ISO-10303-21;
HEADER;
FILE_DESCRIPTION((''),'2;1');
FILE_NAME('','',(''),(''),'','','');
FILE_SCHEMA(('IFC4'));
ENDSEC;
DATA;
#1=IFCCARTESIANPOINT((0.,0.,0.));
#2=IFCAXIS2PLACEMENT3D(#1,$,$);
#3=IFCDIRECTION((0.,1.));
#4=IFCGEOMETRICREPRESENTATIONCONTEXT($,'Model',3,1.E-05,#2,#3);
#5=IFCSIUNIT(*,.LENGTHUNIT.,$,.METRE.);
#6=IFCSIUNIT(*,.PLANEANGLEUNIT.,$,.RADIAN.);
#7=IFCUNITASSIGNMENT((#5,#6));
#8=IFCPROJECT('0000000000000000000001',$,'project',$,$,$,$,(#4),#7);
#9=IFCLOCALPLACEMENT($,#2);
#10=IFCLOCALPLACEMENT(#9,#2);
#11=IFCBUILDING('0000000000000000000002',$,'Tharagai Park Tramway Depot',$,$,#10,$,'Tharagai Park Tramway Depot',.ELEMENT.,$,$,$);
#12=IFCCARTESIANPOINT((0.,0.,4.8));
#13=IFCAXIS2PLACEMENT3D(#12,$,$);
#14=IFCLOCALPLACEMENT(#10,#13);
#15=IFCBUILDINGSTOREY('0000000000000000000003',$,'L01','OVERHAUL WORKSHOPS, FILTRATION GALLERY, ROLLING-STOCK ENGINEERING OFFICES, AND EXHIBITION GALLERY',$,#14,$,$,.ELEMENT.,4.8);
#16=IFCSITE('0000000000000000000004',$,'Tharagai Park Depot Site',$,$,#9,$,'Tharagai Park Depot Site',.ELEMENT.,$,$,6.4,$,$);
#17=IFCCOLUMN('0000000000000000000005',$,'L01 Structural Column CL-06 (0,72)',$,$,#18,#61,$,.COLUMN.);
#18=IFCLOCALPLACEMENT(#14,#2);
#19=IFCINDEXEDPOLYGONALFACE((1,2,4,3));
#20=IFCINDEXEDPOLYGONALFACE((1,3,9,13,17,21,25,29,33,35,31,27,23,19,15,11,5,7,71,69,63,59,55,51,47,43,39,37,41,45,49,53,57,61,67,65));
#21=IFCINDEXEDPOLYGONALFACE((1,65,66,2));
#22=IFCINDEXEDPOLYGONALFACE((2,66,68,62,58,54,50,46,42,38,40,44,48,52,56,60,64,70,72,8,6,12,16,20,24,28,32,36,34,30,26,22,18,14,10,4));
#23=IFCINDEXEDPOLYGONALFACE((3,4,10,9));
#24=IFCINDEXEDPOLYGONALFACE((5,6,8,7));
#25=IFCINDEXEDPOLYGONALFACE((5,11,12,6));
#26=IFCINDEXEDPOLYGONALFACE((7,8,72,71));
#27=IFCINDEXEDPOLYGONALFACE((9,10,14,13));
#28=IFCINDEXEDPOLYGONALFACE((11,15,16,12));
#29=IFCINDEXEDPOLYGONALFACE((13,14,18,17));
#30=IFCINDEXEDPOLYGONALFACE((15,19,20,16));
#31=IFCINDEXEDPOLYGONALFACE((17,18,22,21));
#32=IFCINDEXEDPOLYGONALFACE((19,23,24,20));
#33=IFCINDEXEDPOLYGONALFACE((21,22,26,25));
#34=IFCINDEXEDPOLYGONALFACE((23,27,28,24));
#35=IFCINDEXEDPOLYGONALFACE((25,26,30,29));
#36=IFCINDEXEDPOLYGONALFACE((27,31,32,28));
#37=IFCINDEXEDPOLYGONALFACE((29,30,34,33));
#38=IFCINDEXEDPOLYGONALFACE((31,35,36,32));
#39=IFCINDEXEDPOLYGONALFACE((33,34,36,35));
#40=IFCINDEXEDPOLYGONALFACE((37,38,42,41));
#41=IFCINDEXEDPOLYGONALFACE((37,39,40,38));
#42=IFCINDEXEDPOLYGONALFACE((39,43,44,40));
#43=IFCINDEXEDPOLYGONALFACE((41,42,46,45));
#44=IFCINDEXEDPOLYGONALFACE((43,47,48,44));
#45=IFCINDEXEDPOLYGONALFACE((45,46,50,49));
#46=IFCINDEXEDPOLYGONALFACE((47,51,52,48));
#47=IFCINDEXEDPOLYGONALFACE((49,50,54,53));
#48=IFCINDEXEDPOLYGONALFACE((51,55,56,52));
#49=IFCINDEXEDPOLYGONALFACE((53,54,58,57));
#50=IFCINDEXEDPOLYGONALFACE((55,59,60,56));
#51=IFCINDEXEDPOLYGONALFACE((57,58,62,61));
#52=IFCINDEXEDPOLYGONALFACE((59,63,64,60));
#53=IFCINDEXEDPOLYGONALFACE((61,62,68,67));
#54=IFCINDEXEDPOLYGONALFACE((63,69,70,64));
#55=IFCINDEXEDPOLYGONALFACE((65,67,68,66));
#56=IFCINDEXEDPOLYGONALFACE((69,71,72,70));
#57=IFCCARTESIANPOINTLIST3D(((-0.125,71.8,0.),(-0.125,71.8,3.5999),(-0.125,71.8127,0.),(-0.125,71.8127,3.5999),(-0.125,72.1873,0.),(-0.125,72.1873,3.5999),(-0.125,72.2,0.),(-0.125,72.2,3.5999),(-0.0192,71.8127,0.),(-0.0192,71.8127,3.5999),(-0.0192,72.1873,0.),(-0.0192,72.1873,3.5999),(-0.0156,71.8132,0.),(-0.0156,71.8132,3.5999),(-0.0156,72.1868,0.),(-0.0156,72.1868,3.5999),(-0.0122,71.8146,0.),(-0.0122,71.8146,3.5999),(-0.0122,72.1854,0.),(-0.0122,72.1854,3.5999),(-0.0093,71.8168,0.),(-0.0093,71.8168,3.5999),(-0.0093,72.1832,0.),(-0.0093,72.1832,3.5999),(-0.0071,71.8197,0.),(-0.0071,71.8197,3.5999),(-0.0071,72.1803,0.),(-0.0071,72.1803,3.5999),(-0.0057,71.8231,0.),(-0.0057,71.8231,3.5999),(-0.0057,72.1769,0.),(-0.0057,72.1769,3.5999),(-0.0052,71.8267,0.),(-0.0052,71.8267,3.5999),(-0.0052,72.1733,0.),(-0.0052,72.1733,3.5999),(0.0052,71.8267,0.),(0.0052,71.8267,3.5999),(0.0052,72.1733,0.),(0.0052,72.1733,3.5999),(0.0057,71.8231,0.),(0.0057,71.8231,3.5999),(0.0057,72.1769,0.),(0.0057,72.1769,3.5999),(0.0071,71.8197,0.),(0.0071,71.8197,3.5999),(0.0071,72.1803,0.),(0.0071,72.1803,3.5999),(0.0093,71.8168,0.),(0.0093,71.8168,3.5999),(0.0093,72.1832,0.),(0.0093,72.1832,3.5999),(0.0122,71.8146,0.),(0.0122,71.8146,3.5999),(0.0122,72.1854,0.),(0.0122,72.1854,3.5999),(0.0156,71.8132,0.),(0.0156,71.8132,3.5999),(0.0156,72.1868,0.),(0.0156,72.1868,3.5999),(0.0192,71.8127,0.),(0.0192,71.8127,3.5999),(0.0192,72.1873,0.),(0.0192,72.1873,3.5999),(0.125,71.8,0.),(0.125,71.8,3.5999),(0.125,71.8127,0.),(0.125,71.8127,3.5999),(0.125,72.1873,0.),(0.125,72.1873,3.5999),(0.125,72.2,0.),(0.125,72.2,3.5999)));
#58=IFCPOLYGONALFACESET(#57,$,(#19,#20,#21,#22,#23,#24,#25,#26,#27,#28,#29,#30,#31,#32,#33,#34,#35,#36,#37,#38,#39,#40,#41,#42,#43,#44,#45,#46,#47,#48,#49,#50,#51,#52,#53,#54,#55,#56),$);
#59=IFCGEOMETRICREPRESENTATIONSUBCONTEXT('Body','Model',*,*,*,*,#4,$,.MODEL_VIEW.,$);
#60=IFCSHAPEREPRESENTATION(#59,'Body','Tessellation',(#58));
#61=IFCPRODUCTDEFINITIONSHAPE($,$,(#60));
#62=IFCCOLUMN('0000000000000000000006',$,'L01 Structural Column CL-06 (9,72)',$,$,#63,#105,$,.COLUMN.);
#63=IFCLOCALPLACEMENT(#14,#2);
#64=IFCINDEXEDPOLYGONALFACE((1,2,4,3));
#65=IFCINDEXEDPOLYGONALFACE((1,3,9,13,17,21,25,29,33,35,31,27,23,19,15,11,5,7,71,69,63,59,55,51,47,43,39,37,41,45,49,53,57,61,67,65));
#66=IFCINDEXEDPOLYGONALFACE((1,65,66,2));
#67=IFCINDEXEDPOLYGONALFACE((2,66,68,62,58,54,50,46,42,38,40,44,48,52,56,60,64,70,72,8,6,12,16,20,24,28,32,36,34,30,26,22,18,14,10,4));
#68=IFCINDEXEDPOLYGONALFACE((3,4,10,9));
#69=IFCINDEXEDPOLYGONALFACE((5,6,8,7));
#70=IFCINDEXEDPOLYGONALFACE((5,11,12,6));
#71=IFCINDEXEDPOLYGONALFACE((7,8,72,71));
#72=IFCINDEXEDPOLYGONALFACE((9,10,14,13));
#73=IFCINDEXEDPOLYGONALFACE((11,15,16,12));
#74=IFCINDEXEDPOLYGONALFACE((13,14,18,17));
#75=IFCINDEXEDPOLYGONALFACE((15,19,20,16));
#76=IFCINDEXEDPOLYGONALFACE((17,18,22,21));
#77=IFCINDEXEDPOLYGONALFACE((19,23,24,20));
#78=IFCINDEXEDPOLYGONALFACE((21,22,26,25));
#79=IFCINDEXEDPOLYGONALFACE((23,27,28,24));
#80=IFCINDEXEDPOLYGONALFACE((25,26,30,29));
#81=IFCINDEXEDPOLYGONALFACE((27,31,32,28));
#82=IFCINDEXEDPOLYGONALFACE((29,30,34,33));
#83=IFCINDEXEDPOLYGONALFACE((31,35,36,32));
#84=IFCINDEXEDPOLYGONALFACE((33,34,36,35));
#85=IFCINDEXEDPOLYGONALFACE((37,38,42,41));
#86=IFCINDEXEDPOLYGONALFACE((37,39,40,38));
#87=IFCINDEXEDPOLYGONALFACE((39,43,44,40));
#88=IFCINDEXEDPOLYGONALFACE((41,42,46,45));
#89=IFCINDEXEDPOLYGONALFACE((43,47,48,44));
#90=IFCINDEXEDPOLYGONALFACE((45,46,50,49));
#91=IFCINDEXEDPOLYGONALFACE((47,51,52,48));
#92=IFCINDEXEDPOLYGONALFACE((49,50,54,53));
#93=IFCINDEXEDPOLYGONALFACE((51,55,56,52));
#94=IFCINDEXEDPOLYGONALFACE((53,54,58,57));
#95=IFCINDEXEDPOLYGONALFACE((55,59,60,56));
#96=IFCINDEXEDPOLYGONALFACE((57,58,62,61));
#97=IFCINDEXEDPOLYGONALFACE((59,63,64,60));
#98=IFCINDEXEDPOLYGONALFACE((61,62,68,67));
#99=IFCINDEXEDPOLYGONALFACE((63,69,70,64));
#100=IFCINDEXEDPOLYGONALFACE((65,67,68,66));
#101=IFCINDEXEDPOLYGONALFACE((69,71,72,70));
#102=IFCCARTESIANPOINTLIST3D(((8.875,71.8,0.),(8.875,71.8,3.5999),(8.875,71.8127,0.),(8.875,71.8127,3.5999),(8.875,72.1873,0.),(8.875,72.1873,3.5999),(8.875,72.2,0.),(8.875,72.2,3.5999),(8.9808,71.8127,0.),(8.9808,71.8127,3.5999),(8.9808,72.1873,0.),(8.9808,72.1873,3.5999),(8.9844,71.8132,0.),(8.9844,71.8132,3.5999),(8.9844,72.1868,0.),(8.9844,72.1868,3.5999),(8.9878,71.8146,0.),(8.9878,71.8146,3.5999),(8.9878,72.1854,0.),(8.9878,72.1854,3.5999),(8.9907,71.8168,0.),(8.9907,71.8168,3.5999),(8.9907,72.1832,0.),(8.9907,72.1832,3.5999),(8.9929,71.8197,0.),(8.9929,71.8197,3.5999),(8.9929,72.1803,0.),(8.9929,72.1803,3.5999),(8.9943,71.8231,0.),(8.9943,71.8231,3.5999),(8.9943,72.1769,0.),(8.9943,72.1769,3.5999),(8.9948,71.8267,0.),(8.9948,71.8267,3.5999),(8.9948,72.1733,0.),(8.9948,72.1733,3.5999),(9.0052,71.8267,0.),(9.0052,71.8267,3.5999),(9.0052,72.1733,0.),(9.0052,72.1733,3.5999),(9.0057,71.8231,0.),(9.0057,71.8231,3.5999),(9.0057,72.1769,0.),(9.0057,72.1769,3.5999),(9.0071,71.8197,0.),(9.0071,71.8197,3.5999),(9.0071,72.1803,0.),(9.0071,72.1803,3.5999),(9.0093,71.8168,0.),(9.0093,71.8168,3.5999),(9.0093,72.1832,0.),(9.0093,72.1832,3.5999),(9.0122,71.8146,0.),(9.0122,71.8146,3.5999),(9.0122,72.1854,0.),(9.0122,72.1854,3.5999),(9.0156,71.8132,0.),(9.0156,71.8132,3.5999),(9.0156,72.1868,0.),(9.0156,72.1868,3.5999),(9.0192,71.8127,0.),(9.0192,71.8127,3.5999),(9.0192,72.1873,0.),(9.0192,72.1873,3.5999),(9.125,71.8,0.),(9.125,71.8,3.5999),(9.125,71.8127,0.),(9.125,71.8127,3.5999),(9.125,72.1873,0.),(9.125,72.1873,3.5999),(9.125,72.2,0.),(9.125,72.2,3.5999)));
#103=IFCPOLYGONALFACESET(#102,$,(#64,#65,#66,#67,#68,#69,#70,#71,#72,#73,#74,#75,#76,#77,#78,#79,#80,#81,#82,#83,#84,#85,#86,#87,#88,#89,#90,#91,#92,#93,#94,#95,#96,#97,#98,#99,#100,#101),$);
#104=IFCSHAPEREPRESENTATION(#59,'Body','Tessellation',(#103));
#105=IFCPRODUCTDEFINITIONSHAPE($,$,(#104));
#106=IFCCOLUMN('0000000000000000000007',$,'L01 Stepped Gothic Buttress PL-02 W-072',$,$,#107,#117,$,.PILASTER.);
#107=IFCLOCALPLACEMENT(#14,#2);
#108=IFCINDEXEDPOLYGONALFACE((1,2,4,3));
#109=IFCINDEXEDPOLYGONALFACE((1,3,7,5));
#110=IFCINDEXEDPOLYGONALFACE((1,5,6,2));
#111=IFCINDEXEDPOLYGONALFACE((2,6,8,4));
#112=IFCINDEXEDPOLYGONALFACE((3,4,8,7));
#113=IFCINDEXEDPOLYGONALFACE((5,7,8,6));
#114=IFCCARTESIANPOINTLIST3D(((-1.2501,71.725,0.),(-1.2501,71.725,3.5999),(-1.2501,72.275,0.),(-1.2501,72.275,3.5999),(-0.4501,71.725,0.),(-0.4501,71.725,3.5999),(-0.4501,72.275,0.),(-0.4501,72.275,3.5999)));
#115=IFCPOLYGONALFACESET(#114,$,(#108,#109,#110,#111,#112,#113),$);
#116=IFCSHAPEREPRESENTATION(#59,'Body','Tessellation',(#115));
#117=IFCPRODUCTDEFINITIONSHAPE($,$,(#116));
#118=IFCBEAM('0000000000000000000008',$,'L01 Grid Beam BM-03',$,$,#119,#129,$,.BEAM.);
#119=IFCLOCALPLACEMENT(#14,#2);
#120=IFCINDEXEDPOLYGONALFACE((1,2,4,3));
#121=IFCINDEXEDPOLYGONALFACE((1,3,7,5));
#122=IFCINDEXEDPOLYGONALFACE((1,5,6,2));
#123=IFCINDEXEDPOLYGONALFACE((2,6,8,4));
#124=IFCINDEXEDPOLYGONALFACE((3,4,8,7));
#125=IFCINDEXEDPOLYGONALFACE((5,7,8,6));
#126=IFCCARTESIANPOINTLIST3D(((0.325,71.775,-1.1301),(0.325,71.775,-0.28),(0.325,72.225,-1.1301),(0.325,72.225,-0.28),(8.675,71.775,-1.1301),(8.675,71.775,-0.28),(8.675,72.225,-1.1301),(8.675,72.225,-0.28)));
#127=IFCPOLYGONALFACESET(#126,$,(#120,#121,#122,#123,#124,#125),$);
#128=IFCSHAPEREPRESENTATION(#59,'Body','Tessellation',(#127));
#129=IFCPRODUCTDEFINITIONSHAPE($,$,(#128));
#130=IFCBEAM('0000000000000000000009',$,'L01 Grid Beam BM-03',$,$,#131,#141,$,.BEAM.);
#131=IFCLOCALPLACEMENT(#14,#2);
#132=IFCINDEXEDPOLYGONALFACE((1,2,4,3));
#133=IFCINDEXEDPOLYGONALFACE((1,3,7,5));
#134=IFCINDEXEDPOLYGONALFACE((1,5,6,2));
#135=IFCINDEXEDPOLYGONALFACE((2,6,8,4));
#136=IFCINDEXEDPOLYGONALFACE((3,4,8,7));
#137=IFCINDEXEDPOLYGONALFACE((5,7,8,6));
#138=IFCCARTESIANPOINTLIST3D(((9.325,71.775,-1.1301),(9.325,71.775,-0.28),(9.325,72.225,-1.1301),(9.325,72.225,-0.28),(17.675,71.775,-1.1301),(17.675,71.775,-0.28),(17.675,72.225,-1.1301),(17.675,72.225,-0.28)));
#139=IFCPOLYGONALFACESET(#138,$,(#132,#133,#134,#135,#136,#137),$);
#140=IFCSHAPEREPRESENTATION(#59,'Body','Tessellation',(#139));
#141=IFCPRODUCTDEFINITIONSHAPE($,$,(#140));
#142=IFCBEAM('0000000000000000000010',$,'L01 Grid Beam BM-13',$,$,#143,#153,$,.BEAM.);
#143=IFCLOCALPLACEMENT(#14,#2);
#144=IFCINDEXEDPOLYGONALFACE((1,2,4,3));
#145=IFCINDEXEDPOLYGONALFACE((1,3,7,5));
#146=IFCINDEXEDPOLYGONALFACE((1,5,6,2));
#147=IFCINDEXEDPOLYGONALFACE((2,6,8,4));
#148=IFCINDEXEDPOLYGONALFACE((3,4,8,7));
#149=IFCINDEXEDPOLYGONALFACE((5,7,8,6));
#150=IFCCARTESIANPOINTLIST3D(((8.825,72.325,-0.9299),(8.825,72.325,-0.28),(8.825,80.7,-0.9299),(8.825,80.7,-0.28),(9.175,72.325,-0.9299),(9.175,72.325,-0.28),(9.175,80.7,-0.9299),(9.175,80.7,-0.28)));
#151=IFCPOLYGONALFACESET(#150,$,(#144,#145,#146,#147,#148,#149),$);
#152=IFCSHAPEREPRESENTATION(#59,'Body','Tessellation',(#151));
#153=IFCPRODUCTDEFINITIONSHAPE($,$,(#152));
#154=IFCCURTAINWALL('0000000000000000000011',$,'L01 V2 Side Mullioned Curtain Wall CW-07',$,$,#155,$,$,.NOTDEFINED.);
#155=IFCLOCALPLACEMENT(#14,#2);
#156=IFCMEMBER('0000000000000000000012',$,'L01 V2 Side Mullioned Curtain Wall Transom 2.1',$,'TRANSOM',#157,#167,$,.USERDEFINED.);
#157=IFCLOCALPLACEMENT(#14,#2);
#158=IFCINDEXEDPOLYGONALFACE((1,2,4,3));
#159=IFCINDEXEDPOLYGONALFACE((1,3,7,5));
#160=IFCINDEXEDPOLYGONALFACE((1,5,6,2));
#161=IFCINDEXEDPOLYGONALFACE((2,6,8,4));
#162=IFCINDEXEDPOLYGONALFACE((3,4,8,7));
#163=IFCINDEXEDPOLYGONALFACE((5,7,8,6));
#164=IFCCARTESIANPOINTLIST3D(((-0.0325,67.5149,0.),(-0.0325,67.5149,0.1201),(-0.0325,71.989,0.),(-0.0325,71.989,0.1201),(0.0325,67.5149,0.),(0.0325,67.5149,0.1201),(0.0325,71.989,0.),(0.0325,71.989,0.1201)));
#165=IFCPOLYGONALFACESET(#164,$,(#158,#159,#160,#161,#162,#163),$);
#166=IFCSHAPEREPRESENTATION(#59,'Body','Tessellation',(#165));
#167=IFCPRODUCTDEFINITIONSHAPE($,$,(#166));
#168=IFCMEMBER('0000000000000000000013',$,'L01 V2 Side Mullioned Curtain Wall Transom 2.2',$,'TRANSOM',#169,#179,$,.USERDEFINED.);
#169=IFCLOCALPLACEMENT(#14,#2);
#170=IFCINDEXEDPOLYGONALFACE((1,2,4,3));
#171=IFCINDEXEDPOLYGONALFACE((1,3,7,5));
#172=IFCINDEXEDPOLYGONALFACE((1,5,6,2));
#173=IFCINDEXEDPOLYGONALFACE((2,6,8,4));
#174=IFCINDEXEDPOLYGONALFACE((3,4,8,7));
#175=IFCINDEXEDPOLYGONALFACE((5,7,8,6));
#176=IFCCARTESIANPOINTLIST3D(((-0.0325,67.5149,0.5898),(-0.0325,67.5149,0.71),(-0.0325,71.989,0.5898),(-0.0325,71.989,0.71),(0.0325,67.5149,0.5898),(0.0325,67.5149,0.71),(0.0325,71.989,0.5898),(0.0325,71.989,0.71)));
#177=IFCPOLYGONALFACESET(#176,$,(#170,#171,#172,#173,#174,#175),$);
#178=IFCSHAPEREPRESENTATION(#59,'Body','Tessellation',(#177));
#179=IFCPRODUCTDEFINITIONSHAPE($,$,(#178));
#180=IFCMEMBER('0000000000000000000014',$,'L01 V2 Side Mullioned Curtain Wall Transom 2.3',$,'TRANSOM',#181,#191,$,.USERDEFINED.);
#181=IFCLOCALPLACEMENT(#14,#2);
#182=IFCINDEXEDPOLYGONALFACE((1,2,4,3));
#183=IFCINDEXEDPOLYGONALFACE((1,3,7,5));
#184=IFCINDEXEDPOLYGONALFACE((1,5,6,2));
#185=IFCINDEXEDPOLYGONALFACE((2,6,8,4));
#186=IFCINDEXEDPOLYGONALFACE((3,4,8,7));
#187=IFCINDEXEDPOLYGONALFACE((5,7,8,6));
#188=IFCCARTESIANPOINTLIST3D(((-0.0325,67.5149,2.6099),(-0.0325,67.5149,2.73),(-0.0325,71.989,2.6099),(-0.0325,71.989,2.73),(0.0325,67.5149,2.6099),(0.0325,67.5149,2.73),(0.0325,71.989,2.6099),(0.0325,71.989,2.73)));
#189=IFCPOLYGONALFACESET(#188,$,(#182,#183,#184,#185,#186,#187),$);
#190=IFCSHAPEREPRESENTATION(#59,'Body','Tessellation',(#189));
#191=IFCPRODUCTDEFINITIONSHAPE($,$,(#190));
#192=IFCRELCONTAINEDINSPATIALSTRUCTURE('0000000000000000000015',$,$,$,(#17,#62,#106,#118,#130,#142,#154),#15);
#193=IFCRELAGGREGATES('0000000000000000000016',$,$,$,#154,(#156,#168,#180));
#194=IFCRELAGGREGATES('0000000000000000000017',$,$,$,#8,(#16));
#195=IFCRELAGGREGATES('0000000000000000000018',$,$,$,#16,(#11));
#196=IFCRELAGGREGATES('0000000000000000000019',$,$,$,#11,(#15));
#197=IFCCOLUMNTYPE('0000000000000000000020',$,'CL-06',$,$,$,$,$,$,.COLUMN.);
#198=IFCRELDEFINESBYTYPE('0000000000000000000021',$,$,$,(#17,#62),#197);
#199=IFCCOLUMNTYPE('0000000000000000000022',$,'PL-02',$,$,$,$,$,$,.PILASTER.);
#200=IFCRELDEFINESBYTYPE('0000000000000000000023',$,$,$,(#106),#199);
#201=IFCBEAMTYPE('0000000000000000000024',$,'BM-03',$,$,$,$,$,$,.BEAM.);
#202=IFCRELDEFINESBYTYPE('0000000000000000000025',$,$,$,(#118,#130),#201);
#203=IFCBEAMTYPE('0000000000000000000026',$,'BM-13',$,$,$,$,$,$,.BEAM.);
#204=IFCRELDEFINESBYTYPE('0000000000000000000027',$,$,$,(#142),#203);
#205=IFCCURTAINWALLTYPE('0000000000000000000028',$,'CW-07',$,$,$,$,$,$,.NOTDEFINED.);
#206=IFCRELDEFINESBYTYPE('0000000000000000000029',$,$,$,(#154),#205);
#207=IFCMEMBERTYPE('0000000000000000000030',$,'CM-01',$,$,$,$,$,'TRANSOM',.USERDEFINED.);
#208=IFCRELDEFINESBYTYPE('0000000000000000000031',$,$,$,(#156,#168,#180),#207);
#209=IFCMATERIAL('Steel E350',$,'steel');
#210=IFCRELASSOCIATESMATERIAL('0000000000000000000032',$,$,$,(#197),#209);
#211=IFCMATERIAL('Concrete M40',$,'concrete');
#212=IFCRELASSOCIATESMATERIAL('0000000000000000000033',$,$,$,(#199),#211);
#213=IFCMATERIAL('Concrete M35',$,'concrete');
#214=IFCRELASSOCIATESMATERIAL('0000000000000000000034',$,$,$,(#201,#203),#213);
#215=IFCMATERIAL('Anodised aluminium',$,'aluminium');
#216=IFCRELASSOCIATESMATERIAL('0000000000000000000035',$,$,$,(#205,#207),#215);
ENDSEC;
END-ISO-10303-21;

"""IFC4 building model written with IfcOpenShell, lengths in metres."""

from ifc_helpers import new_model, si_unit, direction, frame, origin, origin_2d, place, context, subcontext, project, spatial, rectangle, i_section, extrude, material, material_profile, profile_set, type_object, element, aggregate, save


model = new_model("IFC4")

# Units and contexts
model_context = context("Model", 3, precision=1e-05, world=origin(), true_north=direction((0.0, 1.0)))
body_context = subcontext(model_context, "Body", "Model", "MODEL_VIEW")
ifc_project = project(units=[si_unit("LENGTHUNIT", "METRE"), si_unit("PLANEANGLEUNIT", "RADIAN")], contexts=[model_context])

# Site, building, storey
site_placement = place(None, origin())
site = spatial("IfcSite", under=ifc_project, at=site_placement, Name="Tharagai Park Depot Site", LongName="Tharagai Park Depot Site", CompositionType="ELEMENT", RefElevation=6.4)
building_placement = place(site_placement, origin())
building = spatial("IfcBuilding", under=site, at=building_placement, Name="Tharagai Park Tramway Depot", LongName="Tharagai Park Tramway Depot", CompositionType="ELEMENT")
storey_placement = place(building_placement, frame((0.0, 0.0, 4.8)))
storey = spatial("IfcBuildingStorey", under=building, at=storey_placement, Name="L01", Description="OVERHAUL WORKSHOPS, FILTRATION GALLERY, ROLLING-STOCK ENGINEERING OFFICES, AND EXHIBITION GALLERY", CompositionType="ELEMENT", Elevation=4.8)

# Columns
ifc_material_1 = material(Name="Steel E350", Category="steel")
ifc_material_profile_1 = material_profile(ifc_material_1, i_section(OverallWidth=0.25, OverallDepth=0.3999, WebThickness=0.0105, FlangeThickness=0.0127, FilletRadius=0.0139, at=origin_2d()), Name="ISHB 400")
ifc_profile_set_1 = profile_set([ifc_material_profile_1], Name="Steel E350")
column_type_1 = type_object("IfcColumnType", Name="CL-06", PredefinedType="COLUMN", material=ifc_profile_set_1)
for number, where, z_axis, x_axis, name in (
    (1, (0.0, 72.0, 0.0), (0.0, 0.0, 1.0), (1.0, 0.0, 0.0), "L01 Structural Column CL-06 (0,72)"),
    (2, (9.0, 72.0, 0.0), (0.0, 0.0, 1.0), (1.0, 0.0, 0.0), "L01 Structural Column CL-06 (9,72)"),
):
    element("IfcColumn", number, at=place(storey_placement, frame(where, z_axis=z_axis, x_axis=x_axis)), inside=storey, type_object=column_type_1, Name=name, PredefinedType="COLUMN", context=body_context, shape_type="SweptSolid", body=[
        extrude(i_section(OverallWidth=0.25, OverallDepth=0.3999, WebThickness=0.0105, FlangeThickness=0.0127, FilletRadius=0.0139, at=origin_2d()), origin(), (0.0, 0.0, 1.0), 3.5999),
    ])
ifc_material_2 = material(Name="Concrete M40", Category="concrete")
ifc_material_profile_2 = material_profile(ifc_material_2, rectangle(XDim=0.55, YDim=0.8, at=origin_2d()), Name="RC 550x800")
ifc_profile_set_2 = profile_set([ifc_material_profile_2], Name="Concrete M40")
column_type_2 = type_object("IfcColumnType", Name="PL-02", PredefinedType="PILASTER", material=ifc_profile_set_2)
column_placement = place(storey_placement, frame((-0.8501, 72.0, 0.0), z_axis=(0.0, 0.0, 1.0), x_axis=(0.0, 1.0, 0.0)))
element("IfcColumn", 3, at=column_placement, inside=storey, type_object=column_type_2, Name="L01 Stepped Gothic Buttress PL-02 W-072", PredefinedType="PILASTER", context=body_context, shape_type="SweptSolid", body=[
    extrude(rectangle(XDim=0.55, YDim=0.8, at=origin_2d()), origin(), (0.0, 0.0, 1.0), 3.5999),
])

# Beams
ifc_material_3 = material(Name="Concrete M35", Category="concrete")
ifc_material_profile_3 = material_profile(ifc_material_3, rectangle(XDim=0.45, YDim=0.8501, at=origin_2d()), Name="RC 450x850")
ifc_profile_set_3 = profile_set([ifc_material_profile_3], Name="Concrete M35")
beam_type_1 = type_object("IfcBeamType", Name="BM-03", PredefinedType="BEAM", material=ifc_profile_set_3)
for number, where, z_axis, x_axis, name in (
    (4, (0.325, 72.0, -0.7051), (1.0, 0.0, 0.0), (0.0, 1.0, 0.0), "L01 Grid Beam BM-03"),
    (5, (9.325, 72.0, -0.7051), (1.0, 0.0, 0.0), (0.0, 1.0, 0.0), "L01 Grid Beam BM-03"),
):
    element("IfcBeam", number, at=place(storey_placement, frame(where, z_axis=z_axis, x_axis=x_axis)), inside=storey, type_object=beam_type_1, Name=name, PredefinedType="BEAM", context=body_context, shape_type="SweptSolid", body=[
        extrude(rectangle(XDim=0.45, YDim=0.8501, at=origin_2d()), origin(), (0.0, 0.0, 1.0), 8.3501),
    ])
ifc_material_profile_4 = material_profile(ifc_material_3, rectangle(XDim=0.3501, YDim=0.6499, at=origin_2d()), Name="RC 350x650")
ifc_profile_set_4 = profile_set([ifc_material_profile_4], Name="Concrete M35")
beam_type_2 = type_object("IfcBeamType", Name="BM-13", PredefinedType="BEAM", material=ifc_profile_set_4)
beam_1_placement = place(storey_placement, frame((9.0, 72.325, -0.605), z_axis=(0.0, 1.0, 0.0), x_axis=(-1.0, 0.0, 0.0)))
element("IfcBeam", 6, at=beam_1_placement, inside=storey, type_object=beam_type_2, Name="L01 Grid Beam BM-13", PredefinedType="BEAM", context=body_context, shape_type="SweptSolid", body=[
    extrude(rectangle(XDim=0.3501, YDim=0.6499, at=origin_2d()), origin(), (0.0, 0.0, 1.0), 8.375),
])

# Curtain wall, members
ifc_material_4 = material(Name="Anodised aluminium", Category="aluminium")
curtain_wall_type = type_object("IfcCurtainWallType", Name="CW-07", PredefinedType="NOTDEFINED", material=ifc_material_4)
curtain_wall_placement = place(storey_placement, origin())
curtain_wall = element("IfcCurtainWall", 7, at=curtain_wall_placement, inside=storey, type_object=curtain_wall_type, Name="L01 V2 Side Mullioned Curtain Wall CW-07", PredefinedType="NOTDEFINED")
ifc_material_profile_5 = material_profile(ifc_material_4, rectangle(XDim=0.0649, YDim=0.1201, at=origin_2d()), Name="ALU 65x120")
ifc_profile_set_5 = profile_set([ifc_material_profile_5], Name="Anodised aluminium")
member_type_1 = type_object("IfcMemberType", Name="CM-01", ElementType="TRANSOM", PredefinedType="USERDEFINED", material=ifc_profile_set_5)
member_1_placement = place(storey_placement, frame((0.0, 67.5149, 0.0601), z_axis=(0.0, 1.0, 0.0), x_axis=(-1.0, 0.0, 0.0)))
member_1 = element("IfcMember", 8, at=member_1_placement, type_object=member_type_1, Name="L01 V2 Side Mullioned Curtain Wall Transom 2.1", ObjectType="TRANSOM", PredefinedType="USERDEFINED", context=body_context, shape_type="SweptSolid", body=[
    extrude(rectangle(XDim=0.0649, YDim=0.1201, at=origin_2d()), origin(), (0.0, 0.0, 1.0), 4.4741),
])
member_2_placement = place(storey_placement, frame((0.0, 67.5149, 0.6499), z_axis=(0.0, 1.0, 0.0), x_axis=(-1.0, 0.0, 0.0)))
member_2 = element("IfcMember", 9, at=member_2_placement, type_object=member_type_1, Name="L01 V2 Side Mullioned Curtain Wall Transom 2.2", ObjectType="TRANSOM", PredefinedType="USERDEFINED", context=body_context, shape_type="SweptSolid", body=[
    extrude(rectangle(XDim=0.0649, YDim=0.1201, at=origin_2d()), origin(), (0.0, 0.0, 1.0), 4.4741),
])
member_3_placement = place(storey_placement, frame((0.0, 67.5149, 2.6699), z_axis=(0.0, 1.0, 0.0), x_axis=(-1.0, 0.0, 0.0)))
member_3 = element("IfcMember", 10, at=member_3_placement, type_object=member_type_1, Name="L01 V2 Side Mullioned Curtain Wall Transom 2.3", ObjectType="TRANSOM", PredefinedType="USERDEFINED", context=body_context, shape_type="SweptSolid", body=[
    extrude(rectangle(XDim=0.0649, YDim=0.1201, at=origin_2d()), origin(), (0.0, 0.0, 1.0), 4.4741),
])

aggregate(curtain_wall, [member_1, member_2, member_3])

save(model, "model.ifc")
